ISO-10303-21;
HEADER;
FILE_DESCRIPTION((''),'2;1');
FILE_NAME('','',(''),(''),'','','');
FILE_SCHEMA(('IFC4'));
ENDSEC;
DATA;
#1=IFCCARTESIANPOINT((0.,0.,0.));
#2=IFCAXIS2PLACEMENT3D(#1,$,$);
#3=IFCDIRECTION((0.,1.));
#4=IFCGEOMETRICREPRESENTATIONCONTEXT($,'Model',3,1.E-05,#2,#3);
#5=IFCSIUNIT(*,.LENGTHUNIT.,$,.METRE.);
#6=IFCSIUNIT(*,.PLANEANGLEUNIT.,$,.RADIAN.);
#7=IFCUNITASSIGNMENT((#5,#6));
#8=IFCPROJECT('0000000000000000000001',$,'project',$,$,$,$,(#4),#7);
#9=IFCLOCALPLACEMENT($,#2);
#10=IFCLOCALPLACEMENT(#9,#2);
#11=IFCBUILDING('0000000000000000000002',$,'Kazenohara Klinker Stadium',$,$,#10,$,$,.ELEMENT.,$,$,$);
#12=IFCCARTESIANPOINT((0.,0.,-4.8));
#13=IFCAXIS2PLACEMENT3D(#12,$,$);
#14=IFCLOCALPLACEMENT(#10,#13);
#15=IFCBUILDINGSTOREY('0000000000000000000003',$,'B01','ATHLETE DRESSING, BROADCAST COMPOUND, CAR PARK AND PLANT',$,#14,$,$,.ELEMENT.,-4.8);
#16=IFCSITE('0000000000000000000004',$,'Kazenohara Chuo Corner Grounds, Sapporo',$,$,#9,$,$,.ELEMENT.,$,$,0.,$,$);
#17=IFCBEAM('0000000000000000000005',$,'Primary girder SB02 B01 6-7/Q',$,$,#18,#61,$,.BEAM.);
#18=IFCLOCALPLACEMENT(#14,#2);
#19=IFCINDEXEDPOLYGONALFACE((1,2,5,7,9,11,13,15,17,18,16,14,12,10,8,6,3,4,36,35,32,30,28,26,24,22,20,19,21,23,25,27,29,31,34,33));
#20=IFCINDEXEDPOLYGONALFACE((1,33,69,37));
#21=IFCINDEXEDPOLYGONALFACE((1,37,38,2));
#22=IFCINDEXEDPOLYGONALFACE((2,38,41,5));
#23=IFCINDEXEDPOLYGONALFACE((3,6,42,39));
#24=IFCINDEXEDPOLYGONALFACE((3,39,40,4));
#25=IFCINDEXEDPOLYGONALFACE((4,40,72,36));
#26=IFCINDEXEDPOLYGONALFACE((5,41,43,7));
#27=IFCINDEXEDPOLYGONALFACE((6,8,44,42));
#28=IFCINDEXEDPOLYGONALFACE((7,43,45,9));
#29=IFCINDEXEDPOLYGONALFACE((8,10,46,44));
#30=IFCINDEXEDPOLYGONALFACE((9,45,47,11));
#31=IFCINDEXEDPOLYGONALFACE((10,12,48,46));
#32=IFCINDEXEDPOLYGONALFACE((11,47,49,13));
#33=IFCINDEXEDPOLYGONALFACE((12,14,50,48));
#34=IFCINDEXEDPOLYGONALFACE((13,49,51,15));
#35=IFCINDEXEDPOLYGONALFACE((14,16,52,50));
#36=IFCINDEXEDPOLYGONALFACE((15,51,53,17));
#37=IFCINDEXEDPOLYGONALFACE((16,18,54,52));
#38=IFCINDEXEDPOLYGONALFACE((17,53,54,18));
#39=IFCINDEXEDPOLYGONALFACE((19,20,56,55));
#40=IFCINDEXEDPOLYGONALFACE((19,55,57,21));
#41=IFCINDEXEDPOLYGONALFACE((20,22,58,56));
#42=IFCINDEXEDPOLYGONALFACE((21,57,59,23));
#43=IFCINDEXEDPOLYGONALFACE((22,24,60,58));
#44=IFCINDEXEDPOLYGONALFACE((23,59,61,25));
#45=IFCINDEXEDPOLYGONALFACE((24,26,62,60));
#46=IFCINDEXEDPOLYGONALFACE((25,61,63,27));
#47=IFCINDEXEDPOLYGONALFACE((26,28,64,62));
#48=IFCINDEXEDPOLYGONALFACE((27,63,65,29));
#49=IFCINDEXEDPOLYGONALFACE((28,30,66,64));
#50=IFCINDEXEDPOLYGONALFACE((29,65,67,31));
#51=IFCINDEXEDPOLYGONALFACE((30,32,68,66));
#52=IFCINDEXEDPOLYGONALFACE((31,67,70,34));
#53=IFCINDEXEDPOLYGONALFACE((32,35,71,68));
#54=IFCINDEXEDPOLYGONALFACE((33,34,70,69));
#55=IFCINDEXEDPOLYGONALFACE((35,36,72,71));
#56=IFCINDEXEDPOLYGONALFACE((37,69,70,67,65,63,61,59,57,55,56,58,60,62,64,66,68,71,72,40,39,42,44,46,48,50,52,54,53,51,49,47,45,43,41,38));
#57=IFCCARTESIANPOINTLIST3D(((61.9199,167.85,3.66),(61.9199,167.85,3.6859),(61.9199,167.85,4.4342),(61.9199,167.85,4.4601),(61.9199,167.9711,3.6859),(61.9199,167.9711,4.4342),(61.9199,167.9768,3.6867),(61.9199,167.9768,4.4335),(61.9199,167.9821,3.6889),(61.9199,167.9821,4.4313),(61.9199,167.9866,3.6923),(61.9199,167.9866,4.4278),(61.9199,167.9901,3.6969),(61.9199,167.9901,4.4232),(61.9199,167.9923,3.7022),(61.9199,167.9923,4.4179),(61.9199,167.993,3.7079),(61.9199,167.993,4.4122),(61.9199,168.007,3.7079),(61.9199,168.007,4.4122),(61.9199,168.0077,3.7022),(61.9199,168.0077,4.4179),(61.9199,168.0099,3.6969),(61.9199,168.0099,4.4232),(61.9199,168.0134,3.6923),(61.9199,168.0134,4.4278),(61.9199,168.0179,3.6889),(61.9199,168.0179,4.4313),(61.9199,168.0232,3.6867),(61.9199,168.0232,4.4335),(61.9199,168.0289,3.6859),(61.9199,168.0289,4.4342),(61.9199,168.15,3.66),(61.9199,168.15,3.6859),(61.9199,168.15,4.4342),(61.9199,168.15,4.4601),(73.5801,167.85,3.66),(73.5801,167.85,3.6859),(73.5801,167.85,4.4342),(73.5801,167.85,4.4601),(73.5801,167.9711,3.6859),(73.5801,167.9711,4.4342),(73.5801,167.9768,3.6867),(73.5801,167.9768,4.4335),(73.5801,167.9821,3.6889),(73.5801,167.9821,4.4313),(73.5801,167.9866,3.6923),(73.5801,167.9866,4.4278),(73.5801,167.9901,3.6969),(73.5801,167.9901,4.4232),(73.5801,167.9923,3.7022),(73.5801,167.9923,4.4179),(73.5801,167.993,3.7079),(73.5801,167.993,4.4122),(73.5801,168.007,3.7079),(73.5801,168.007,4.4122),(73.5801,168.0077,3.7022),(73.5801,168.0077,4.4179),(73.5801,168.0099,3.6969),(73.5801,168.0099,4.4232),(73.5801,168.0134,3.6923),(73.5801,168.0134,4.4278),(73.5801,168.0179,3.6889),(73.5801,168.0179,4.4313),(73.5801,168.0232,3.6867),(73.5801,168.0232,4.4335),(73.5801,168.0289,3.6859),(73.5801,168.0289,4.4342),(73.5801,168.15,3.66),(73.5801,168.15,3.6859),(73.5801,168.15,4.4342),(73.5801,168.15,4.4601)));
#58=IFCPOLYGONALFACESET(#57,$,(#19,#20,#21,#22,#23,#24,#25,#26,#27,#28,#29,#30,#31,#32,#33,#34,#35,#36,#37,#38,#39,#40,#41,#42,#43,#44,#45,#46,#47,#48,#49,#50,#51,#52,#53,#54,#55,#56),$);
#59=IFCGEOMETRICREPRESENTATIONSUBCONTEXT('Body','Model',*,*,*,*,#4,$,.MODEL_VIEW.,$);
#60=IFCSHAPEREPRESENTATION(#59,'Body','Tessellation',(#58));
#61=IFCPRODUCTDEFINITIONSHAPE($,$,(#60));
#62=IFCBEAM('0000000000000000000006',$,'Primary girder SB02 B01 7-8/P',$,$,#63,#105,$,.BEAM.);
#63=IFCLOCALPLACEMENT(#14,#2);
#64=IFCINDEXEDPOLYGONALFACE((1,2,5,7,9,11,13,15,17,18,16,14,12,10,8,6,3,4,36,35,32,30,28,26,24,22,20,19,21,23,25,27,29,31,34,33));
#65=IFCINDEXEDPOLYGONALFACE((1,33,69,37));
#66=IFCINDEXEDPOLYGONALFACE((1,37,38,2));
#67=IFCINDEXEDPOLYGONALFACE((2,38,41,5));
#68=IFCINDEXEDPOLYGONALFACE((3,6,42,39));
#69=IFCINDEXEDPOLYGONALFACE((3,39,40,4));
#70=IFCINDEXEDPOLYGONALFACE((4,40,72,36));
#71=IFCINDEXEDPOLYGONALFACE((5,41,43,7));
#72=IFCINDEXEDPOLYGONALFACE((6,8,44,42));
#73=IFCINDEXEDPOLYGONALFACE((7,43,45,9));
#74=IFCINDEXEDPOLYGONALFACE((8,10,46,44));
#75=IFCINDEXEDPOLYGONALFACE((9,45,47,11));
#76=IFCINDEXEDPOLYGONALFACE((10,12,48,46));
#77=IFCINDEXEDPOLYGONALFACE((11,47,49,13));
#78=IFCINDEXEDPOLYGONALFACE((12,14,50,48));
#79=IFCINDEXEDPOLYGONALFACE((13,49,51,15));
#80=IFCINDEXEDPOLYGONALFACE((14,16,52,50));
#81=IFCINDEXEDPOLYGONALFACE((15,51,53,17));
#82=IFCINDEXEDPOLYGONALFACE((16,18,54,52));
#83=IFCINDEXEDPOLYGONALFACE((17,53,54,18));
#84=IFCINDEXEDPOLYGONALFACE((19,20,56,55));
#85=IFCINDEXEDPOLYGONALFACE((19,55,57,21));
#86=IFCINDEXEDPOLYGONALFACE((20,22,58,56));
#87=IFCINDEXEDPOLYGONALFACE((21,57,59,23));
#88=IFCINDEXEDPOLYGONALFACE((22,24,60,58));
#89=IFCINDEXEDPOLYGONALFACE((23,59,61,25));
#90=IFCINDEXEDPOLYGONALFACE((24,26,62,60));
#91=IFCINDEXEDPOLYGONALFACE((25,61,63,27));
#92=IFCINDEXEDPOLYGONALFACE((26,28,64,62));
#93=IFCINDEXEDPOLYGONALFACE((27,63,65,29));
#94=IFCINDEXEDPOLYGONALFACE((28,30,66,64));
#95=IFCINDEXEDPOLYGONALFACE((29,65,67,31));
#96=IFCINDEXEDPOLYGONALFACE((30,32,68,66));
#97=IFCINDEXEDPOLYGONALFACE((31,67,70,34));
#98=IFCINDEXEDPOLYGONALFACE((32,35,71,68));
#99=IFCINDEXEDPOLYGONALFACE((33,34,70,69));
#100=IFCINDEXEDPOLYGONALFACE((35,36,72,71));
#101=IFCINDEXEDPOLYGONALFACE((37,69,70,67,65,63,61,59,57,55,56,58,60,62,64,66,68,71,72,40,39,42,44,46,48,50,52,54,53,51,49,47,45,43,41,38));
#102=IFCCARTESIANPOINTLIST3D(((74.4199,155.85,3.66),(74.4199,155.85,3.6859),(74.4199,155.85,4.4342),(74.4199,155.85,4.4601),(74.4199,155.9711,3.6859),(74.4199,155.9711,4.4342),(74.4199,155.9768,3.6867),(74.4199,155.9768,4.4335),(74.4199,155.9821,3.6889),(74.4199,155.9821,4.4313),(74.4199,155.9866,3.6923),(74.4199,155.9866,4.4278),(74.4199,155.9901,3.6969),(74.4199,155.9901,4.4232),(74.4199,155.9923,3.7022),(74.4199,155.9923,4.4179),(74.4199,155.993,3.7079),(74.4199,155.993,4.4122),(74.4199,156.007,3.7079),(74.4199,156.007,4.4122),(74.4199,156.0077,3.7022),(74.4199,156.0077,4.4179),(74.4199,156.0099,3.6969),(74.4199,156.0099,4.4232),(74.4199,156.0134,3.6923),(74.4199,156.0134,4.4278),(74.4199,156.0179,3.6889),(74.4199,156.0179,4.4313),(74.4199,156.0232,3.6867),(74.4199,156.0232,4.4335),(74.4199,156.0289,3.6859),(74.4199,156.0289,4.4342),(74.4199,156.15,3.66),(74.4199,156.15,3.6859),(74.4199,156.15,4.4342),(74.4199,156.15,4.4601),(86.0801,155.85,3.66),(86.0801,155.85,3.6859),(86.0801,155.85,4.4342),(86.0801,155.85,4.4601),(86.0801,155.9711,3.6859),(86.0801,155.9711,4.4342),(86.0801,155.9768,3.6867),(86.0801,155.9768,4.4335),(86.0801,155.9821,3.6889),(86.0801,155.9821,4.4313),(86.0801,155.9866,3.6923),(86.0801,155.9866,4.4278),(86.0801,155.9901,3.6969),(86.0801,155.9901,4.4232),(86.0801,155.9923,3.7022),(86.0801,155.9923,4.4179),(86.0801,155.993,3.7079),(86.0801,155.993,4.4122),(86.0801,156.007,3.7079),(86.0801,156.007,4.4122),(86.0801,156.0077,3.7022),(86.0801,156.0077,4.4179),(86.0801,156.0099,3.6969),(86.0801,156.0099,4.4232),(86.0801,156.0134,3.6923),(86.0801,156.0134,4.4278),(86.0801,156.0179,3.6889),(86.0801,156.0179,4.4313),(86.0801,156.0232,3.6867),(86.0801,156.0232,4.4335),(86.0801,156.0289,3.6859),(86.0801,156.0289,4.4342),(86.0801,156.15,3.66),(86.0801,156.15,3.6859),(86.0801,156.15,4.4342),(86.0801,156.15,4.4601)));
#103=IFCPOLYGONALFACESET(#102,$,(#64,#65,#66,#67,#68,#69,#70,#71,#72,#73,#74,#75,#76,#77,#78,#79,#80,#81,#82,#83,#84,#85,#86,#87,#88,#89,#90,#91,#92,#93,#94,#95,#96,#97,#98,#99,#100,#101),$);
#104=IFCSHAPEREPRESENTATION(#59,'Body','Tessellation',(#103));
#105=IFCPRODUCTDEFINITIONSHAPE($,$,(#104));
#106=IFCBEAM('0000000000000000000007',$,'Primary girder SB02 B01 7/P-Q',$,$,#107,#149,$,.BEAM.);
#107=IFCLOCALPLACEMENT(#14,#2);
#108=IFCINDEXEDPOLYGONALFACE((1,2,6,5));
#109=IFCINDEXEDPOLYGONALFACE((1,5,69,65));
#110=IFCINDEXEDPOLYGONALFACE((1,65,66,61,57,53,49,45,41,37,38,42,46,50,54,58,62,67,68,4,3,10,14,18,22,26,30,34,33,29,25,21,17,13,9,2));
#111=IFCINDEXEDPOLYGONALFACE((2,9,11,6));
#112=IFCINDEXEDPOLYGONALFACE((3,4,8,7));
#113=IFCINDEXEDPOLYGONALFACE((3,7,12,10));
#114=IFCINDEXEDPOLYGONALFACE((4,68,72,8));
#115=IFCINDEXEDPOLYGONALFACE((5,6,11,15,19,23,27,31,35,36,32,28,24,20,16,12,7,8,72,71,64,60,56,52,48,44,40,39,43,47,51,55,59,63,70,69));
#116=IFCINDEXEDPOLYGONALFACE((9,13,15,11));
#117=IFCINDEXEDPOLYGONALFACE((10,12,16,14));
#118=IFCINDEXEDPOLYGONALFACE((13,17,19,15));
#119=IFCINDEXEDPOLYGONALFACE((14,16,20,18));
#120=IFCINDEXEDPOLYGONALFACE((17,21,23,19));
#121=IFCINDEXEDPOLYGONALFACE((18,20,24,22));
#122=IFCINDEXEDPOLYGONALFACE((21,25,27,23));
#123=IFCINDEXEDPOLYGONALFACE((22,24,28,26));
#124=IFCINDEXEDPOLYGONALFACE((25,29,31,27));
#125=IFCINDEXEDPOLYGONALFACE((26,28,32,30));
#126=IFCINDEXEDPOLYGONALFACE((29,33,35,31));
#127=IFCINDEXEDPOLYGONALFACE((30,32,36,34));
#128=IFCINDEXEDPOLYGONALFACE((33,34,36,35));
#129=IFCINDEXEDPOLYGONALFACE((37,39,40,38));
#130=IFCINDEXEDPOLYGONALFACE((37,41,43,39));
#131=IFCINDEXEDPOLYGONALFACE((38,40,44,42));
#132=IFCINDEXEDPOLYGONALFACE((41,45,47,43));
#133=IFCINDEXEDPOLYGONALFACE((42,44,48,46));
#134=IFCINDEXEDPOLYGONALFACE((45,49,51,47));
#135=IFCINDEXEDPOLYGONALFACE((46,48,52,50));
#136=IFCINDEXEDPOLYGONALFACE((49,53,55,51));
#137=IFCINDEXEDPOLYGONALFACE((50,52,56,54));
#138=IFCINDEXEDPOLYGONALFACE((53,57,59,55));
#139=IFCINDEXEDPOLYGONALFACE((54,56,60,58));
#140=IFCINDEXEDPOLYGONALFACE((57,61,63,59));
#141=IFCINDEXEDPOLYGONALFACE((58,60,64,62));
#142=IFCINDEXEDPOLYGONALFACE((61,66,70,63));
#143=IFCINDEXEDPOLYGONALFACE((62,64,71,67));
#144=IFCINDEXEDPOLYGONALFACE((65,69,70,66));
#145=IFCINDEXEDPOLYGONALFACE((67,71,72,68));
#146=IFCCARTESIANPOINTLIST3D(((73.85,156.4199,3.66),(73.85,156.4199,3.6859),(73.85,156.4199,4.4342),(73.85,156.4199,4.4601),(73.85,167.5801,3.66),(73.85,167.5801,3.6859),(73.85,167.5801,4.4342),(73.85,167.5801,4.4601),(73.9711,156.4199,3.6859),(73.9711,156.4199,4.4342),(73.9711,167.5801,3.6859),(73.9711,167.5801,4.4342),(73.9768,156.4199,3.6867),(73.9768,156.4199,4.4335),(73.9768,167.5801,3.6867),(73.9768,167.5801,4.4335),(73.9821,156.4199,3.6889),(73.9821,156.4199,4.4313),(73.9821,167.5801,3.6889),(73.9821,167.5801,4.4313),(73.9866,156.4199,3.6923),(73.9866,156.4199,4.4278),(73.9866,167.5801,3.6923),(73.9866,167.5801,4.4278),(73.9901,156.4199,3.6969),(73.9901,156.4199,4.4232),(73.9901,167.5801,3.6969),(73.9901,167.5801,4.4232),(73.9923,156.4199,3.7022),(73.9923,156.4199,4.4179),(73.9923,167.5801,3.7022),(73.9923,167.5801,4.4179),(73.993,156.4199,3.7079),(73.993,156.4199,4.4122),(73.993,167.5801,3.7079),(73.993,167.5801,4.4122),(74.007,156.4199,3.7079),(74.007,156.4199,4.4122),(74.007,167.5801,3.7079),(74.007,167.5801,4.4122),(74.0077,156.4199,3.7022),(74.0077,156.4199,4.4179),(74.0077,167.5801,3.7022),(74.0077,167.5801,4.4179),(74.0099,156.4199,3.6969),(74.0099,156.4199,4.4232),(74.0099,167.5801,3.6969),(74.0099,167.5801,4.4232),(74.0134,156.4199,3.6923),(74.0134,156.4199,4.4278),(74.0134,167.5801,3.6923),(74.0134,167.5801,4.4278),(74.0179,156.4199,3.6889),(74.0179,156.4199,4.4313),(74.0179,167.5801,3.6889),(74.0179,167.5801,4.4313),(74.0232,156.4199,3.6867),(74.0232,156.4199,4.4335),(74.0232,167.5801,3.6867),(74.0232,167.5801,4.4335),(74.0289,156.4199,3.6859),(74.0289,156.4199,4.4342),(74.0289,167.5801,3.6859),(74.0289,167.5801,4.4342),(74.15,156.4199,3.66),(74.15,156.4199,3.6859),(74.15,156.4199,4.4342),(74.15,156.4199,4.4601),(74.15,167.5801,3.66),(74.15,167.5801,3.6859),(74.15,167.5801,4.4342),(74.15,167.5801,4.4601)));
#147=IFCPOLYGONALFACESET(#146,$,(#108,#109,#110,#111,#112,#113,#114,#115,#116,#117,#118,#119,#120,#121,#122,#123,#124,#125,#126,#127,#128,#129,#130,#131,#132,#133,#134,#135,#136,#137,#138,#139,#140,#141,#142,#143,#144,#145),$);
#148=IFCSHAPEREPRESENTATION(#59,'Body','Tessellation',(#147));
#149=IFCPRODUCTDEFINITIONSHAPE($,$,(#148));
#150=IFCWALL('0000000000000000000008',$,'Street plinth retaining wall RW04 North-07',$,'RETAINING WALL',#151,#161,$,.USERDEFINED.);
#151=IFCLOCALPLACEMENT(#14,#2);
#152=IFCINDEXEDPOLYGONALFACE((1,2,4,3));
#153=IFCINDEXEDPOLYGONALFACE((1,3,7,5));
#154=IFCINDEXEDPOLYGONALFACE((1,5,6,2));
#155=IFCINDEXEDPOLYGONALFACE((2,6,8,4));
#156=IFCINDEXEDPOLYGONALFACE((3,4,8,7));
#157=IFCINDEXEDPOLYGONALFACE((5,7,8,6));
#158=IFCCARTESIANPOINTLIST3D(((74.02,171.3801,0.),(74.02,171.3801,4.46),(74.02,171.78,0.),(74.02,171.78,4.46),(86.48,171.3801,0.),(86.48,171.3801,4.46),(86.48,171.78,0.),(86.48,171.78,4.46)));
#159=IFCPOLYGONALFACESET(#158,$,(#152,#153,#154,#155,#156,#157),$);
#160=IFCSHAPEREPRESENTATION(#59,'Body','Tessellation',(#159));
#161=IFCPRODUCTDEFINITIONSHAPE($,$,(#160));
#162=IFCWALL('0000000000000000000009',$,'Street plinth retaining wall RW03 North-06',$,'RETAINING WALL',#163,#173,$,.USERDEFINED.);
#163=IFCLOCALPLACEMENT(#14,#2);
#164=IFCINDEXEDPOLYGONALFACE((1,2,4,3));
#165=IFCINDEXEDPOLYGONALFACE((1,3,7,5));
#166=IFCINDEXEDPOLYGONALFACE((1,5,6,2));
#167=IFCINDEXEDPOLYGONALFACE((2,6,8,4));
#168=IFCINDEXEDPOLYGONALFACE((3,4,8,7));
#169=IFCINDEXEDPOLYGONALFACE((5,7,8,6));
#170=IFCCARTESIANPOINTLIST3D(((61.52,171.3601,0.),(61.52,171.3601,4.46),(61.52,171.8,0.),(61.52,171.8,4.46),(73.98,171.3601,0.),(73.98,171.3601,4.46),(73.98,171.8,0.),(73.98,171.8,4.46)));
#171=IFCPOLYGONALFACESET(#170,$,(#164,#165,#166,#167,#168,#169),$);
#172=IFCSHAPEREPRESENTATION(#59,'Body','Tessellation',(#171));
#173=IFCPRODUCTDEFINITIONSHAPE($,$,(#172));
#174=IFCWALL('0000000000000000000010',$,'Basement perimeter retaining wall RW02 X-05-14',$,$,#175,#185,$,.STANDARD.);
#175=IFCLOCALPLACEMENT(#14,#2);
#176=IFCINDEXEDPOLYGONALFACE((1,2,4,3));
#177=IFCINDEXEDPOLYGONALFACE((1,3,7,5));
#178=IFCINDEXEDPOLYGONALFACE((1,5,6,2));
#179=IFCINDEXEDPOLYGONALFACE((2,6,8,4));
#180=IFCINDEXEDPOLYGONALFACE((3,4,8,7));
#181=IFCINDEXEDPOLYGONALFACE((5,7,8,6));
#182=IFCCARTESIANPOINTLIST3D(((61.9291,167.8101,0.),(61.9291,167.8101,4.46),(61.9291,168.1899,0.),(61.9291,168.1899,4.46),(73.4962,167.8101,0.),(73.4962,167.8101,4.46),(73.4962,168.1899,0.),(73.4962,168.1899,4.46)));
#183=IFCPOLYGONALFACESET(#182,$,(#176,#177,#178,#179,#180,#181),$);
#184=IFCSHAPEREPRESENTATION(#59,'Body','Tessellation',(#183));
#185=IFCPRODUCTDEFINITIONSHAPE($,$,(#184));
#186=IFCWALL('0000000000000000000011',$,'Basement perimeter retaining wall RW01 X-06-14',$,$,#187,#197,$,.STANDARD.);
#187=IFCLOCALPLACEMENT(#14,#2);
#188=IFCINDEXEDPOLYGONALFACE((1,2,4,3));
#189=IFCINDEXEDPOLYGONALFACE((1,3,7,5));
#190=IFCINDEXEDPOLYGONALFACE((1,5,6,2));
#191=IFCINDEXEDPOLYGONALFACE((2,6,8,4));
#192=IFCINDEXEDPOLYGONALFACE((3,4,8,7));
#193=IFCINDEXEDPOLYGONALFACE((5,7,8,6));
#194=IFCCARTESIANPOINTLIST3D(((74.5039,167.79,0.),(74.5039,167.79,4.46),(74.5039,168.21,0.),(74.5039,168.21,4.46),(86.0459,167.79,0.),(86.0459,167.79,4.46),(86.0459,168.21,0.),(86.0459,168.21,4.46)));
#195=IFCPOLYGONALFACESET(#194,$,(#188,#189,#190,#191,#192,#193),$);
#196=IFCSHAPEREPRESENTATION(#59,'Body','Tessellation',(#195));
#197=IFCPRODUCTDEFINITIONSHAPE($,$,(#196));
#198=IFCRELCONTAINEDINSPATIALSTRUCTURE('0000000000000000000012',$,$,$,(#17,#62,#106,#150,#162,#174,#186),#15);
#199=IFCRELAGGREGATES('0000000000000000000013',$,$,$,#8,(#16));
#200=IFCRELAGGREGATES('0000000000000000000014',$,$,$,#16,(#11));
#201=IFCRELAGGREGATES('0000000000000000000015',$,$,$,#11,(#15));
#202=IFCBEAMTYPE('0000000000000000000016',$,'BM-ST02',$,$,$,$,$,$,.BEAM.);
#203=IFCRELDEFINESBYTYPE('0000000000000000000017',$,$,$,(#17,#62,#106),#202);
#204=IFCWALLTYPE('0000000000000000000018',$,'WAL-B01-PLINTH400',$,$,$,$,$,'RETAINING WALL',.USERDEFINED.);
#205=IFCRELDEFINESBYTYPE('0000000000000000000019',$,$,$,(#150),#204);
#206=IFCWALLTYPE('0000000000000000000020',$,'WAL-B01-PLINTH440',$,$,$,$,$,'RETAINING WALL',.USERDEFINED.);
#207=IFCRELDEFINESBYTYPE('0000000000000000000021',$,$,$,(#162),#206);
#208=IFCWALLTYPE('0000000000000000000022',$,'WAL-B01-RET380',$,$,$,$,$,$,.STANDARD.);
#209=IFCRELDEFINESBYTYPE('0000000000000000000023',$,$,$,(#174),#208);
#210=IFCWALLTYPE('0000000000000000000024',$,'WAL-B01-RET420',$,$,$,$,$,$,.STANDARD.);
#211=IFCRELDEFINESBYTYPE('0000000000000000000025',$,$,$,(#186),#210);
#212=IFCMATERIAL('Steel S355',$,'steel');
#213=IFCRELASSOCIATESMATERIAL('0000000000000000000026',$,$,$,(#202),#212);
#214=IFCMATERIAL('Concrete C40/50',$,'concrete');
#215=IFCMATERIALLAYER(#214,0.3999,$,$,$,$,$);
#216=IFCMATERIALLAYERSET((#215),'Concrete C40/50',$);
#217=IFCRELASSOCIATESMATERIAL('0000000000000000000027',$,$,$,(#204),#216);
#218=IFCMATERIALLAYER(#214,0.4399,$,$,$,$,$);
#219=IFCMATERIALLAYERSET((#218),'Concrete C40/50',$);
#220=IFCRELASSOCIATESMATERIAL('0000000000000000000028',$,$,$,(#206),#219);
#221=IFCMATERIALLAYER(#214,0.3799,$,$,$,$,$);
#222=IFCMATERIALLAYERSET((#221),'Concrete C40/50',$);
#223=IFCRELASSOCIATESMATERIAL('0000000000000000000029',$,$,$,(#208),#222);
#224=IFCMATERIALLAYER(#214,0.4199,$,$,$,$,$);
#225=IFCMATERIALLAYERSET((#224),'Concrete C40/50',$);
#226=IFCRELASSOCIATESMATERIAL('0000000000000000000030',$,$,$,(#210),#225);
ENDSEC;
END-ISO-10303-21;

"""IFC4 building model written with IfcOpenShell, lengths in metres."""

from ifc_helpers import new_model, si_unit, direction, frame, frame_2d, origin, origin_2d, place, context, subcontext, project, spatial, rectangle, i_section, extrude, material, layer, layer_set, material_profile, profile_set, type_object, element, save


model = new_model("IFC4")

# Units and contexts
model_context = context("Model", 3, precision=1e-05, world=origin(), true_north=direction((0.0, 1.0)))
body_context = subcontext(model_context, "Body", "Model", "MODEL_VIEW")
ifc_project = project(units=[si_unit("LENGTHUNIT", "METRE"), si_unit("PLANEANGLEUNIT", "RADIAN")], contexts=[model_context])

# Site, building, storey
site_placement = place(None, origin())
site = spatial("IfcSite", under=ifc_project, at=site_placement, Name="Kazenohara Chuo Corner Grounds, Sapporo", CompositionType="ELEMENT", RefElevation=0.0)
building_placement = place(site_placement, origin())
building = spatial("IfcBuilding", under=site, at=building_placement, Name="Kazenohara Klinker Stadium", CompositionType="ELEMENT")
storey_placement = place(building_placement, frame((0.0, 0.0, -4.8)))
storey = spatial("IfcBuildingStorey", under=building, at=storey_placement, Name="B01", Description="ATHLETE DRESSING, BROADCAST COMPOUND, CAR PARK AND PLANT", CompositionType="ELEMENT", Elevation=-4.8)

# Shared definitions
ifc_material_1 = material(Name="Concrete C40/50", Category="concrete")

# Beams
ifc_material_2 = material(Name="Steel S355", Category="steel")
ifc_material_profile_1 = material_profile(ifc_material_2, i_section(OverallWidth=0.3, OverallDepth=0.8, WebThickness=0.0139, FlangeThickness=0.0259, FilletRadius=0.022, at=origin_2d()), Name="H-800x300x14x26")
ifc_profile_set_1 = profile_set([ifc_material_profile_1], Name="Steel S355")
beam_type_1 = type_object("IfcBeamType", Name="BM-ST02", PredefinedType="BEAM", material=ifc_profile_set_1)
for number, where, z_axis, x_axis, name in (
    (1, (61.9199, 168.0, 4.0601), (1.0, 0.0, 0.0), (0.0, 1.0, 0.0), "Primary girder SB02 B01 6-7/Q"),
    (2, (74.4199, 156.0, 4.0601), (1.0, 0.0, 0.0), (0.0, 1.0, 0.0), "Primary girder SB02 B01 7-8/P"),
):
    element("IfcBeam", number, at=place(storey_placement, frame(where, z_axis=z_axis, x_axis=x_axis)), inside=storey, type_object=beam_type_1, Name=name, PredefinedType="BEAM", context=body_context, shape_type="SweptSolid", body=[
        extrude(i_section(OverallWidth=0.3, OverallDepth=0.8, WebThickness=0.0139, FlangeThickness=0.0259, FilletRadius=0.022, at=origin_2d()), origin(), (0.0, 0.0, 1.0), 11.6602),
    ])
beam_1_placement = place(storey_placement, frame((74.0, 156.4199, 4.0601), z_axis=(0.0, 1.0, 0.0), x_axis=(-1.0, 0.0, 0.0)))
element("IfcBeam", 3, at=beam_1_placement, inside=storey, type_object=beam_type_1, Name="Primary girder SB02 B01 7/P-Q", PredefinedType="BEAM", context=body_context, shape_type="SweptSolid", body=[
    extrude(i_section(OverallWidth=0.3, OverallDepth=0.8, WebThickness=0.0139, FlangeThickness=0.0259, FilletRadius=0.022, at=origin_2d()), origin(), (0.0, 0.0, 1.0), 11.1602),
])

# Walls
ifc_layer_1 = layer(ifc_material_1, 0.3999)
ifc_layer_set_1 = layer_set([ifc_layer_1], Name="Concrete C40/50")
wall_type_1 = type_object("IfcWallType", Name="WAL-B01-PLINTH400", ElementType="RETAINING WALL", PredefinedType="USERDEFINED", material=ifc_layer_set_1)
wall_1_placement = place(storey_placement, frame((74.02, 171.5801, 0.0), z_axis=(0.0, 0.0, 1.0), x_axis=(1.0, 0.0, 0.0)))
element("IfcWall", 4, at=wall_1_placement, inside=storey, type_object=wall_type_1, Name="Street plinth retaining wall RW04 North-07", ObjectType="RETAINING WALL", PredefinedType="USERDEFINED", context=body_context, shape_type="SweptSolid", body=[
    extrude(rectangle(XDim=12.46, YDim=0.3999, at=frame_2d((6.23, 0.0))), origin(), (0.0, 0.0, 1.0), 4.46),
])
ifc_layer_2 = layer(ifc_material_1, 0.4399)
ifc_layer_set_2 = layer_set([ifc_layer_2], Name="Concrete C40/50")
wall_type_2 = type_object("IfcWallType", Name="WAL-B01-PLINTH440", ElementType="RETAINING WALL", PredefinedType="USERDEFINED", material=ifc_layer_set_2)
wall_2_placement = place(storey_placement, frame((61.52, 171.5801, 0.0), z_axis=(0.0, 0.0, 1.0), x_axis=(1.0, 0.0, 0.0)))
element("IfcWall", 5, at=wall_2_placement, inside=storey, type_object=wall_type_2, Name="Street plinth retaining wall RW03 North-06", ObjectType="RETAINING WALL", PredefinedType="USERDEFINED", context=body_context, shape_type="SweptSolid", body=[
    extrude(rectangle(XDim=12.46, YDim=0.4399, at=frame_2d((6.23, 0.0))), origin(), (0.0, 0.0, 1.0), 4.46),
])
ifc_layer_3 = layer(ifc_material_1, 0.3799)
ifc_layer_set_3 = layer_set([ifc_layer_3], Name="Concrete C40/50")
wall_type_3 = type_object("IfcWallType", Name="WAL-B01-RET380", PredefinedType="STANDARD", material=ifc_layer_set_3)
wall_3_placement = place(storey_placement, frame((61.929, 168.0, 0.0), z_axis=(0.0, 0.0, 1.0), x_axis=(1.0, 0.0, 0.0)))
element("IfcWall", 6, at=wall_3_placement, inside=storey, type_object=wall_type_3, Name="Basement perimeter retaining wall RW02 X-05-14", PredefinedType="STANDARD", context=body_context, shape_type="SweptSolid", body=[
    extrude(rectangle(XDim=11.5671, YDim=0.3799, at=frame_2d((5.7837, 0.0))), origin(), (0.0, 0.0, 1.0), 4.46),
])
ifc_layer_4 = layer(ifc_material_1, 0.4199)
ifc_layer_set_4 = layer_set([ifc_layer_4], Name="Concrete C40/50")
wall_type_4 = type_object("IfcWallType", Name="WAL-B01-RET420", PredefinedType="STANDARD", material=ifc_layer_set_4)
wall_4_placement = place(storey_placement, frame((74.5039, 168.0, 0.0), z_axis=(0.0, 0.0, 1.0), x_axis=(1.0, 0.0, 0.0)))
element("IfcWall", 7, at=wall_4_placement, inside=storey, type_object=wall_type_4, Name="Basement perimeter retaining wall RW01 X-06-14", PredefinedType="STANDARD", context=body_context, shape_type="SweptSolid", body=[
    extrude(rectangle(XDim=11.542, YDim=0.4199, at=frame_2d((5.771, 0.0))), origin(), (0.0, 0.0, 1.0), 4.46),
])

save(model, "model.ifc")
